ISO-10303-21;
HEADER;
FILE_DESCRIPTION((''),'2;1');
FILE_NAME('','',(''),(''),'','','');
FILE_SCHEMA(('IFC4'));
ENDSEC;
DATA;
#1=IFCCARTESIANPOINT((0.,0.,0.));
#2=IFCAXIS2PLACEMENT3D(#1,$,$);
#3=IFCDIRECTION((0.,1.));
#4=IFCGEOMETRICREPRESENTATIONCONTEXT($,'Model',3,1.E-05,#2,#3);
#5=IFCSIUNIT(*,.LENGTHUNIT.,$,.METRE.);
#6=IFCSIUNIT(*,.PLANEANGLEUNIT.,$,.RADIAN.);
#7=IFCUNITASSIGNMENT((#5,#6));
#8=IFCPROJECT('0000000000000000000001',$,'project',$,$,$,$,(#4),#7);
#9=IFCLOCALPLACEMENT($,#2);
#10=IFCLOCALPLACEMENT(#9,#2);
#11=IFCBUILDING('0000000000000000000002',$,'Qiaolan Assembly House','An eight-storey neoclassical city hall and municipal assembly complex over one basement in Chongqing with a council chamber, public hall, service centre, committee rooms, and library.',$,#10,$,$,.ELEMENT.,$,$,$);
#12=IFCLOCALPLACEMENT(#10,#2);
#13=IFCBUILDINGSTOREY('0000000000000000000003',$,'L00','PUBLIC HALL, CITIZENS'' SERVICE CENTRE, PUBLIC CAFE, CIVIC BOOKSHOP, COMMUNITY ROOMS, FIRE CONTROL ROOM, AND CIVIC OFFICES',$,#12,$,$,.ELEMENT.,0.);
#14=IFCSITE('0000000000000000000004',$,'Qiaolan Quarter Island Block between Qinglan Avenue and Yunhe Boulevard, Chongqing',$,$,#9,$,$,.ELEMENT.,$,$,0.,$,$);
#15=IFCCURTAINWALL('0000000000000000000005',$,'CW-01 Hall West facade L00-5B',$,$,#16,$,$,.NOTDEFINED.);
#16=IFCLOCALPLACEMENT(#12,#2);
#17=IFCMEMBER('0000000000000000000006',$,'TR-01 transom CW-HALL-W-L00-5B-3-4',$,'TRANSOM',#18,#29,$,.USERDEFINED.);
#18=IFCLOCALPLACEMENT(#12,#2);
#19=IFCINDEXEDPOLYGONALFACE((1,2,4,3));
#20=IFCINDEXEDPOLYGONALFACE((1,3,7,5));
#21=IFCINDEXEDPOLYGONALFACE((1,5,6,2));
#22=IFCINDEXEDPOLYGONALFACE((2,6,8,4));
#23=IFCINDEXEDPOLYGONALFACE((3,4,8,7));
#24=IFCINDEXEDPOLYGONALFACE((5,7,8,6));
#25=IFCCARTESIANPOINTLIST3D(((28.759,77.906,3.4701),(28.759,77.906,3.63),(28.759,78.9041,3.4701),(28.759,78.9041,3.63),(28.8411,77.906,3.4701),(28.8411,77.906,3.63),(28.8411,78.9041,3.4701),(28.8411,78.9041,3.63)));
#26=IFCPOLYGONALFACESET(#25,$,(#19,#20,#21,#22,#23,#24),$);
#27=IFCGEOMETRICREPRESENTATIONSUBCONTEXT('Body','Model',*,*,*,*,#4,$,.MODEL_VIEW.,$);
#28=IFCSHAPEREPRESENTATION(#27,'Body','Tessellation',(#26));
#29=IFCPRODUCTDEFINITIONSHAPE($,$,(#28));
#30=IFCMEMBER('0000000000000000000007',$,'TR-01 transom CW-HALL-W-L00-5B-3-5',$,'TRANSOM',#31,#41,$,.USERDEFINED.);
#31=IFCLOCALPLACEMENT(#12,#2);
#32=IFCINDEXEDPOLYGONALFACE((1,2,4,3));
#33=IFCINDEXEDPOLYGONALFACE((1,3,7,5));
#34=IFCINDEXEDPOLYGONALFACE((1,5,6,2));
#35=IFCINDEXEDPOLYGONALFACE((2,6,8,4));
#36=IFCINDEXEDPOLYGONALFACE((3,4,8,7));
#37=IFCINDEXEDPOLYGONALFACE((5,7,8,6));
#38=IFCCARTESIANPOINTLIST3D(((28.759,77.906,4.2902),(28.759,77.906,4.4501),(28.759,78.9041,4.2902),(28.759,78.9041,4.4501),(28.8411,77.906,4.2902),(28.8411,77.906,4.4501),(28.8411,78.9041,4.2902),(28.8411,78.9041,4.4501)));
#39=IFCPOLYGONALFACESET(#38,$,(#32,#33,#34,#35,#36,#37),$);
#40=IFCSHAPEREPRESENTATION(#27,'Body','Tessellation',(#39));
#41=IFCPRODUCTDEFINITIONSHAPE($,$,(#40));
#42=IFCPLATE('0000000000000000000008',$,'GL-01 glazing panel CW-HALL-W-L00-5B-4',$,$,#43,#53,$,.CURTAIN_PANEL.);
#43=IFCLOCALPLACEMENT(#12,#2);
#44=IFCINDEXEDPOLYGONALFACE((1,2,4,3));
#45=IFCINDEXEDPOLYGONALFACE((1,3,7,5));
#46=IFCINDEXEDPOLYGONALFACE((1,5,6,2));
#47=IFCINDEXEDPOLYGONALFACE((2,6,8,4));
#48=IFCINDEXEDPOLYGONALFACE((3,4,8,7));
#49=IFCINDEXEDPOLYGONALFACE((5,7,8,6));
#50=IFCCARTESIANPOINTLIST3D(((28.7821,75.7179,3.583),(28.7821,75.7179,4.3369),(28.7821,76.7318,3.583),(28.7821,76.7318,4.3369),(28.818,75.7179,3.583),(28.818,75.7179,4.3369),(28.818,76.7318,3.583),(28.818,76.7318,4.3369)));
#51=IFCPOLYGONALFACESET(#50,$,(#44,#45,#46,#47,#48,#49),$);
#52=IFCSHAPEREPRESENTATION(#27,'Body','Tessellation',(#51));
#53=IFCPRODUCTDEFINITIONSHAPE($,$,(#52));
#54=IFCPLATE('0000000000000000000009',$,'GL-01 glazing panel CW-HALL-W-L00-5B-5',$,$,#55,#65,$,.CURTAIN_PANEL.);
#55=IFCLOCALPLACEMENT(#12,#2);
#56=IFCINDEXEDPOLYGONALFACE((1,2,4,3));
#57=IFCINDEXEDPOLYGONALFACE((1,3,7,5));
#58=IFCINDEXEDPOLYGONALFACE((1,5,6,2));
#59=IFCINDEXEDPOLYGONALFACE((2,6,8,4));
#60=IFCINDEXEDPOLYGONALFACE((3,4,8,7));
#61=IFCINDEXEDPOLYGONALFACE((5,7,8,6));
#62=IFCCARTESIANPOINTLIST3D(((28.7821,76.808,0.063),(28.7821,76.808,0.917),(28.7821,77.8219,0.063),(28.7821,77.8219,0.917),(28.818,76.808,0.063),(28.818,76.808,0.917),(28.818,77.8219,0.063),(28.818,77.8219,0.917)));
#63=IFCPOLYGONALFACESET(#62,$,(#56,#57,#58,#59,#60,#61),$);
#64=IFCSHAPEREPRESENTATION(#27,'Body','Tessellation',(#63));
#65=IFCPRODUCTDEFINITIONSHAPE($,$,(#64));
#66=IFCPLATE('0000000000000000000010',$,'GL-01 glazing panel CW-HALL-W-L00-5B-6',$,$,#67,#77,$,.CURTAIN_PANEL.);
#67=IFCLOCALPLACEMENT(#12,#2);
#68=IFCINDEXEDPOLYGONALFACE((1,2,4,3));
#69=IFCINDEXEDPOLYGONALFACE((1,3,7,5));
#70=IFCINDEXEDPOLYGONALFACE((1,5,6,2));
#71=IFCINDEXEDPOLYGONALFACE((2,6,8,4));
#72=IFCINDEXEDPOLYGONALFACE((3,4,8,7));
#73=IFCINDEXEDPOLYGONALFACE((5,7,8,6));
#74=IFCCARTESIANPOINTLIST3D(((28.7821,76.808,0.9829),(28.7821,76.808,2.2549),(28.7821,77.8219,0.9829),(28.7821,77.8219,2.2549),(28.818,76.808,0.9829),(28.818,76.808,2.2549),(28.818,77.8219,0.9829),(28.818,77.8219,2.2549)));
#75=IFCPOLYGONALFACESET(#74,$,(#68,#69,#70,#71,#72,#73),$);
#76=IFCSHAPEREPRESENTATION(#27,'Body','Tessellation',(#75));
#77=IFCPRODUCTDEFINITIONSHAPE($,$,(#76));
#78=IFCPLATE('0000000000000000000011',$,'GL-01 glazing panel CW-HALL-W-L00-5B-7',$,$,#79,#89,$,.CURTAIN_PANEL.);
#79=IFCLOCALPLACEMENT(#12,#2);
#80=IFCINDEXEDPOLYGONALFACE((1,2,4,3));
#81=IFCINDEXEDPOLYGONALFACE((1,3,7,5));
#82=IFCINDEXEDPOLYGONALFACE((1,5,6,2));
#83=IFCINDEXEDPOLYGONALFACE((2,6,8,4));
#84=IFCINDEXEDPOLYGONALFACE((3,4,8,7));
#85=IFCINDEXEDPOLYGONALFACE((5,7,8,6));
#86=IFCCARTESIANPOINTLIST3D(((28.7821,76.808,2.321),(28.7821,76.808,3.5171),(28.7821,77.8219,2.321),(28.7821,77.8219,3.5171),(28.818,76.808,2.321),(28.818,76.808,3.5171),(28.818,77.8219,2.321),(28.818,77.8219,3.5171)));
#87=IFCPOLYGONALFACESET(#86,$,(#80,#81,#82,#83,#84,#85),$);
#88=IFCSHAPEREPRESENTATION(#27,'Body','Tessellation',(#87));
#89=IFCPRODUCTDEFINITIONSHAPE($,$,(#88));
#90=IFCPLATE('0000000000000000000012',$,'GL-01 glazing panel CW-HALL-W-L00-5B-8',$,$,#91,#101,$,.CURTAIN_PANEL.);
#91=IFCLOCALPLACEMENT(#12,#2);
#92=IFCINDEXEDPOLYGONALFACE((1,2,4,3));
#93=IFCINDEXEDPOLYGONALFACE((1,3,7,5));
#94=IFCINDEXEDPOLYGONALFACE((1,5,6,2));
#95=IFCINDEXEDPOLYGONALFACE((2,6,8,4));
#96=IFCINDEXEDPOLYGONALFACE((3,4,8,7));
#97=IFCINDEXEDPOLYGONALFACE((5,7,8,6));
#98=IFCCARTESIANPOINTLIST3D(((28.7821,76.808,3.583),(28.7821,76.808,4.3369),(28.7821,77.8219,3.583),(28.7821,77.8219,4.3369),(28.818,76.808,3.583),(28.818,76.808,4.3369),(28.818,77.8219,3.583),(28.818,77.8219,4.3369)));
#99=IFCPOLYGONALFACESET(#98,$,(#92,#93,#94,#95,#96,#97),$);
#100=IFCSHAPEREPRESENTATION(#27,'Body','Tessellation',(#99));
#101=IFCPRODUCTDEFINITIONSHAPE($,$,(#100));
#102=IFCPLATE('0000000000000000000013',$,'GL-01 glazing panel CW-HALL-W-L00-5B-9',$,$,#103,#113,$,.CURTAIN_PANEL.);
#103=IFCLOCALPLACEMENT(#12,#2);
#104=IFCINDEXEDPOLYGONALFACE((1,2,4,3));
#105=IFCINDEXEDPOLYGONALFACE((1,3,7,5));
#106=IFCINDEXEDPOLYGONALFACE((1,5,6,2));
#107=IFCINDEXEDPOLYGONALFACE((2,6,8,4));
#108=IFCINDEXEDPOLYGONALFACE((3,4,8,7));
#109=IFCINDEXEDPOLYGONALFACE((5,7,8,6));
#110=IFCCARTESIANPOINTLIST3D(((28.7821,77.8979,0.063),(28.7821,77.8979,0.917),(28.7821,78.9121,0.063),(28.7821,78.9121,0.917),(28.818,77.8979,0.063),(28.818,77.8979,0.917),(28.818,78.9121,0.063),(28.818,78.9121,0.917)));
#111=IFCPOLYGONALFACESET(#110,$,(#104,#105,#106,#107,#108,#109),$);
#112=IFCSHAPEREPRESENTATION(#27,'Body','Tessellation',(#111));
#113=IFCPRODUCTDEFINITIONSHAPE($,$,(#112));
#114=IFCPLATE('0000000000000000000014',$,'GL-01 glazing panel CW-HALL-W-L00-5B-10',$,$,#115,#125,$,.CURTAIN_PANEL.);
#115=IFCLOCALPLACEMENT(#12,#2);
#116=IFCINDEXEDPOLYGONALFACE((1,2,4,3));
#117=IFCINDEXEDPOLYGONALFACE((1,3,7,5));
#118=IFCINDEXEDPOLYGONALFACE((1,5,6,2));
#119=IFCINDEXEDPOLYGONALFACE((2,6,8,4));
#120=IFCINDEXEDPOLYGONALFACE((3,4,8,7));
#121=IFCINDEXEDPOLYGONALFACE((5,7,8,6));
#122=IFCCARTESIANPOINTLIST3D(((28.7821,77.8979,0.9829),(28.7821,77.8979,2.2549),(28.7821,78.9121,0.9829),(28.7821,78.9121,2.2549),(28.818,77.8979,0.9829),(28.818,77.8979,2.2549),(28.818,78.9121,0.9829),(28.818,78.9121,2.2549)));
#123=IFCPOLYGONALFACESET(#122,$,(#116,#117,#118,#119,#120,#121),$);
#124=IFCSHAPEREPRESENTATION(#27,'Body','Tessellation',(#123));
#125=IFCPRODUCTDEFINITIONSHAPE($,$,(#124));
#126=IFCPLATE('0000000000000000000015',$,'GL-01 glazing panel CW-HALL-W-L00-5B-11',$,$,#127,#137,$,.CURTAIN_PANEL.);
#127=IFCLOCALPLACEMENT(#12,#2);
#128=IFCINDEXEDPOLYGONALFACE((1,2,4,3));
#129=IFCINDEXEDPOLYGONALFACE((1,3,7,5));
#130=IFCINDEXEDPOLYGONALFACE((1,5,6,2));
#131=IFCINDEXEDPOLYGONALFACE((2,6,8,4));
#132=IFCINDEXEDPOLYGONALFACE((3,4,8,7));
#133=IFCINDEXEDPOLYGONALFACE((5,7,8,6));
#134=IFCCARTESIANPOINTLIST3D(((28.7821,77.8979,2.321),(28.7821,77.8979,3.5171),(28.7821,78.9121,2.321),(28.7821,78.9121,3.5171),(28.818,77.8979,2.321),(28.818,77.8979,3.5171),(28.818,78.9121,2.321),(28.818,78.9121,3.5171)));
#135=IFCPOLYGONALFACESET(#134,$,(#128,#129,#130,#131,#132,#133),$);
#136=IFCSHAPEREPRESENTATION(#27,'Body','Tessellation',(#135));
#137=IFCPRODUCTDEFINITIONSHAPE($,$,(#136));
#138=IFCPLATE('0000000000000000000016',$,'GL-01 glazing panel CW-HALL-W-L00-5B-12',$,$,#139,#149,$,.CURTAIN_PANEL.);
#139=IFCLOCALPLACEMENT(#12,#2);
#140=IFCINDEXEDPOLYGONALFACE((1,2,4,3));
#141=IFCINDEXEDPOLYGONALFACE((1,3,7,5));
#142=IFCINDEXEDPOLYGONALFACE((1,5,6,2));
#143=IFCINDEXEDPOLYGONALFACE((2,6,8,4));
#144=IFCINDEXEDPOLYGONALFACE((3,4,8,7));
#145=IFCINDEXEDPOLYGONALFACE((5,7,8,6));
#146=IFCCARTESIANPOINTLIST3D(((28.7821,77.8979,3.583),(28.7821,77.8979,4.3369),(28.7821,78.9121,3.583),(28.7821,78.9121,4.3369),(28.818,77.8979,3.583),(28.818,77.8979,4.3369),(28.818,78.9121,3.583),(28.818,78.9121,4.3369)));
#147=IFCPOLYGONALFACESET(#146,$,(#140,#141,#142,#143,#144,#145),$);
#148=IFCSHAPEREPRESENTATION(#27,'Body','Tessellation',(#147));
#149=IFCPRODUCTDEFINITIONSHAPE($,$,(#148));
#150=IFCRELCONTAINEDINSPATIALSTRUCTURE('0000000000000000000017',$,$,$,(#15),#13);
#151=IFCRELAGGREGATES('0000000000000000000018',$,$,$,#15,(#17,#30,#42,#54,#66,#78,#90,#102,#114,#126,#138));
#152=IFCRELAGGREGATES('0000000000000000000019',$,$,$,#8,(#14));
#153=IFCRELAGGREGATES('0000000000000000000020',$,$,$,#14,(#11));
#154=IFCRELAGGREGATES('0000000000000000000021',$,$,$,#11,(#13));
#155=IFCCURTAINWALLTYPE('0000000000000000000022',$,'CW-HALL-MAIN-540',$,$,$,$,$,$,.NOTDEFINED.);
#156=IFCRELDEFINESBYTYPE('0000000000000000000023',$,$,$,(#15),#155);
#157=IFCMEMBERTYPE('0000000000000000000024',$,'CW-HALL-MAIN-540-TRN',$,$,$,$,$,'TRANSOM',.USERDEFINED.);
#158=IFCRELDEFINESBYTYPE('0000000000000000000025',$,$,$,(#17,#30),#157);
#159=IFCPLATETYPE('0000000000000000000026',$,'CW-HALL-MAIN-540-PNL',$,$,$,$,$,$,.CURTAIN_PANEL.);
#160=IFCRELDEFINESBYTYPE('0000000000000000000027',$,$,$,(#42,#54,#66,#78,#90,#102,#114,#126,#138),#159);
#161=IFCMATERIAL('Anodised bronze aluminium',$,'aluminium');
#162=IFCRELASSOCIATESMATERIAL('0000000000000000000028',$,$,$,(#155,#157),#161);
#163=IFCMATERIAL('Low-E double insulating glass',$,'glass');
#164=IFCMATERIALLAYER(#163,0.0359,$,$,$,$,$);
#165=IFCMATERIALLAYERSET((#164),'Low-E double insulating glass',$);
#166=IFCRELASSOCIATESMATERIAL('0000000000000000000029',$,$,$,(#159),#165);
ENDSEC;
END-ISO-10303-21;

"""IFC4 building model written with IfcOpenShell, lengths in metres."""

from ifc_helpers import new_model, si_unit, direction, frame, frame_2d, origin, origin_2d, place, context, subcontext, project, spatial, rectangle, extrude, material, layer, layer_set, material_profile, profile_set, type_object, element, aggregate, save


model = new_model("IFC4")

# Units and contexts
model_context = context("Model", 3, precision=1e-05, world=origin(), true_north=direction((0.0, 1.0)))
body_context = subcontext(model_context, "Body", "Model", "MODEL_VIEW")
ifc_project = project(units=[si_unit("LENGTHUNIT", "METRE"), si_unit("PLANEANGLEUNIT", "RADIAN")], contexts=[model_context])

# Site, building, storey
site_placement = place(None, origin())
site = spatial("IfcSite", under=ifc_project, at=site_placement, Name="Qiaolan Quarter Island Block between Qinglan Avenue and Yunhe Boulevard, Chongqing", CompositionType="ELEMENT", RefElevation=0.0)
building_placement = place(site_placement, origin())
building = spatial("IfcBuilding", under=site, at=building_placement, Name="Qiaolan Assembly House", Description="An eight-storey neoclassical city hall and municipal assembly complex over one basement in Chongqing with a council chamber, public hall, service centre, committee rooms, and library.", CompositionType="ELEMENT")
storey_placement = place(building_placement, origin())
storey = spatial("IfcBuildingStorey", under=building, at=storey_placement, Name="L00", Description="PUBLIC HALL, CITIZENS' SERVICE CENTRE, PUBLIC CAFE, CIVIC BOOKSHOP, COMMUNITY ROOMS, FIRE CONTROL ROOM, AND CIVIC OFFICES", CompositionType="ELEMENT", Elevation=0.0)

# Curtain wall, members, plates
ifc_material_1 = material(Name="Anodised bronze aluminium", Category="aluminium")
curtain_wall_type = type_object("IfcCurtainWallType", Name="CW-HALL-MAIN-540", PredefinedType="NOTDEFINED", material=ifc_material_1)
curtain_wall_placement = place(storey_placement, origin())
curtain_wall = element("IfcCurtainWall", 1, at=curtain_wall_placement, inside=storey, type_object=curtain_wall_type, Name="CW-01 Hall West facade L00-5B", PredefinedType="NOTDEFINED")
ifc_material_profile_1 = material_profile(ifc_material_1, rectangle(XDim=0.082, YDim=0.1599, at=origin_2d()), Name="TRN 82x160")
ifc_profile_set_1 = profile_set([ifc_material_profile_1], Name="Anodised bronze aluminium")
member_type_1 = type_object("IfcMemberType", Name="CW-HALL-MAIN-540-TRN", ElementType="TRANSOM", PredefinedType="USERDEFINED", material=ifc_profile_set_1)
member_1_placement = place(storey_placement, frame((28.8, 77.906, 3.55), z_axis=(0.0, 1.0, 0.0), x_axis=(-1.0, 0.0, 0.0)))
member_1 = element("IfcMember", 2, at=member_1_placement, type_object=member_type_1, Name="TR-01 transom CW-HALL-W-L00-5B-3-4", ObjectType="TRANSOM", PredefinedType="USERDEFINED", context=body_context, shape_type="SweptSolid", body=[
    extrude(rectangle(XDim=0.082, YDim=0.1599, at=origin_2d()), origin(), (0.0, 0.0, 1.0), 0.998),
])
member_2_placement = place(storey_placement, frame((28.8, 77.906, 4.3701), z_axis=(0.0, 1.0, 0.0), x_axis=(-1.0, 0.0, 0.0)))
member_2 = element("IfcMember", 3, at=member_2_placement, type_object=member_type_1, Name="TR-01 transom CW-HALL-W-L00-5B-3-5", ObjectType="TRANSOM", PredefinedType="USERDEFINED", context=body_context, shape_type="SweptSolid", body=[
    extrude(rectangle(XDim=0.082, YDim=0.1599, at=origin_2d()), origin(), (0.0, 0.0, 1.0), 0.998),
])
ifc_material_2 = material(Name="Low-E double insulating glass", Category="glass")
ifc_layer = layer(ifc_material_2, 0.0359)
ifc_layer_set = layer_set([ifc_layer], Name="Low-E double insulating glass")
plate_type = type_object("IfcPlateType", Name="CW-HALL-MAIN-540-PNL", PredefinedType="CURTAIN_PANEL", material=ifc_layer_set)
plate_1_placement = place(storey_placement, frame((28.8, 75.718, 3.583), z_axis=(0.0, 0.0, 1.0), x_axis=(0.0, 1.0, 0.0)))
plate_1 = element("IfcPlate", 4, at=plate_1_placement, type_object=plate_type, Name="GL-01 glazing panel CW-HALL-W-L00-5B-4", PredefinedType="CURTAIN_PANEL", context=body_context, shape_type="SweptSolid", body=[
    extrude(rectangle(XDim=1.0139, YDim=0.0359, at=frame_2d((0.5068, 0.0))), origin(), (0.0, 0.0, 1.0), 0.7539),
])
plate_2_placement = place(storey_placement, frame((28.8, 76.8081, 0.063), z_axis=(0.0, 0.0, 1.0), x_axis=(0.0, 1.0, 0.0)))
plate_2 = element("IfcPlate", 5, at=plate_2_placement, type_object=plate_type, Name="GL-01 glazing panel CW-HALL-W-L00-5B-5", PredefinedType="CURTAIN_PANEL", context=body_context, shape_type="SweptSolid", body=[
    extrude(rectangle(XDim=1.0139, YDim=0.0359, at=frame_2d((0.5068, 0.0))), origin(), (0.0, 0.0, 1.0), 0.854),
])
plate_3_placement = place(storey_placement, frame((28.8, 76.8081, 0.9829), z_axis=(0.0, 0.0, 1.0), x_axis=(0.0, 1.0, 0.0)))
plate_3 = element("IfcPlate", 6, at=plate_3_placement, type_object=plate_type, Name="GL-01 glazing panel CW-HALL-W-L00-5B-6", PredefinedType="CURTAIN_PANEL", context=body_context, shape_type="SweptSolid", body=[
    extrude(rectangle(XDim=1.0139, YDim=0.0359, at=frame_2d((0.5068, 0.0))), origin(), (0.0, 0.0, 1.0), 1.272),
])
plate_4_placement = place(storey_placement, frame((28.8, 76.8081, 2.321), z_axis=(0.0, 0.0, 1.0), x_axis=(0.0, 1.0, 0.0)))
plate_4 = element("IfcPlate", 7, at=plate_4_placement, type_object=plate_type, Name="GL-01 glazing panel CW-HALL-W-L00-5B-7", PredefinedType="CURTAIN_PANEL", context=body_context, shape_type="SweptSolid", body=[
    extrude(rectangle(XDim=1.0139, YDim=0.0359, at=frame_2d((0.5068, 0.0))), origin(), (0.0, 0.0, 1.0), 1.196),
])
plate_5_placement = place(storey_placement, frame((28.8, 76.8081, 3.583), z_axis=(0.0, 0.0, 1.0), x_axis=(0.0, 1.0, 0.0)))
plate_5 = element("IfcPlate", 8, at=plate_5_placement, type_object=plate_type, Name="GL-01 glazing panel CW-HALL-W-L00-5B-8", PredefinedType="CURTAIN_PANEL", context=body_context, shape_type="SweptSolid", body=[
    extrude(rectangle(XDim=1.0139, YDim=0.0359, at=frame_2d((0.5068, 0.0))), origin(), (0.0, 0.0, 1.0), 0.7539),
])
plate_6_placement = place(storey_placement, frame((28.8, 77.8979, 0.063), z_axis=(0.0, 0.0, 1.0), x_axis=(0.0, 1.0, 0.0)))
plate_6 = element("IfcPlate", 9, at=plate_6_placement, type_object=plate_type, Name="GL-01 glazing panel CW-HALL-W-L00-5B-9", PredefinedType="CURTAIN_PANEL", context=body_context, shape_type="SweptSolid", body=[
    extrude(rectangle(XDim=1.0142, YDim=0.0359, at=frame_2d((0.5071, 0.0))), origin(), (0.0, 0.0, 1.0), 0.854),
])
plate_7_placement = place(storey_placement, frame((28.8, 77.8979, 0.9829), z_axis=(0.0, 0.0, 1.0), x_axis=(0.0, 1.0, 0.0)))
plate_7 = element("IfcPlate", 10, at=plate_7_placement, type_object=plate_type, Name="GL-01 glazing panel CW-HALL-W-L00-5B-10", PredefinedType="CURTAIN_PANEL", context=body_context, shape_type="SweptSolid", body=[
    extrude(rectangle(XDim=1.0142, YDim=0.0359, at=frame_2d((0.5071, 0.0))), origin(), (0.0, 0.0, 1.0), 1.272),
])
plate_8_placement = place(storey_placement, frame((28.8, 77.8979, 2.321), z_axis=(0.0, 0.0, 1.0), x_axis=(0.0, 1.0, 0.0)))
plate_8 = element("IfcPlate", 11, at=plate_8_placement, type_object=plate_type, Name="GL-01 glazing panel CW-HALL-W-L00-5B-11", PredefinedType="CURTAIN_PANEL", context=body_context, shape_type="SweptSolid", body=[
    extrude(rectangle(XDim=1.0142, YDim=0.0359, at=frame_2d((0.5071, 0.0))), origin(), (0.0, 0.0, 1.0), 1.196),
])
plate_9_placement = place(storey_placement, frame((28.8, 77.8979, 3.583), z_axis=(0.0, 0.0, 1.0), x_axis=(0.0, 1.0, 0.0)))
plate_9 = element("IfcPlate", 12, at=plate_9_placement, type_object=plate_type, Name="GL-01 glazing panel CW-HALL-W-L00-5B-12", PredefinedType="CURTAIN_PANEL", context=body_context, shape_type="SweptSolid", body=[
    extrude(rectangle(XDim=1.0142, YDim=0.0359, at=frame_2d((0.5071, 0.0))), origin(), (0.0, 0.0, 1.0), 0.7539),
])
aggregate(curtain_wall, [member_1, member_2, plate_1, plate_2, plate_3, plate_4, plate_5, plate_6, plate_7, plate_8, plate_9])

save(model, "model.ifc")
